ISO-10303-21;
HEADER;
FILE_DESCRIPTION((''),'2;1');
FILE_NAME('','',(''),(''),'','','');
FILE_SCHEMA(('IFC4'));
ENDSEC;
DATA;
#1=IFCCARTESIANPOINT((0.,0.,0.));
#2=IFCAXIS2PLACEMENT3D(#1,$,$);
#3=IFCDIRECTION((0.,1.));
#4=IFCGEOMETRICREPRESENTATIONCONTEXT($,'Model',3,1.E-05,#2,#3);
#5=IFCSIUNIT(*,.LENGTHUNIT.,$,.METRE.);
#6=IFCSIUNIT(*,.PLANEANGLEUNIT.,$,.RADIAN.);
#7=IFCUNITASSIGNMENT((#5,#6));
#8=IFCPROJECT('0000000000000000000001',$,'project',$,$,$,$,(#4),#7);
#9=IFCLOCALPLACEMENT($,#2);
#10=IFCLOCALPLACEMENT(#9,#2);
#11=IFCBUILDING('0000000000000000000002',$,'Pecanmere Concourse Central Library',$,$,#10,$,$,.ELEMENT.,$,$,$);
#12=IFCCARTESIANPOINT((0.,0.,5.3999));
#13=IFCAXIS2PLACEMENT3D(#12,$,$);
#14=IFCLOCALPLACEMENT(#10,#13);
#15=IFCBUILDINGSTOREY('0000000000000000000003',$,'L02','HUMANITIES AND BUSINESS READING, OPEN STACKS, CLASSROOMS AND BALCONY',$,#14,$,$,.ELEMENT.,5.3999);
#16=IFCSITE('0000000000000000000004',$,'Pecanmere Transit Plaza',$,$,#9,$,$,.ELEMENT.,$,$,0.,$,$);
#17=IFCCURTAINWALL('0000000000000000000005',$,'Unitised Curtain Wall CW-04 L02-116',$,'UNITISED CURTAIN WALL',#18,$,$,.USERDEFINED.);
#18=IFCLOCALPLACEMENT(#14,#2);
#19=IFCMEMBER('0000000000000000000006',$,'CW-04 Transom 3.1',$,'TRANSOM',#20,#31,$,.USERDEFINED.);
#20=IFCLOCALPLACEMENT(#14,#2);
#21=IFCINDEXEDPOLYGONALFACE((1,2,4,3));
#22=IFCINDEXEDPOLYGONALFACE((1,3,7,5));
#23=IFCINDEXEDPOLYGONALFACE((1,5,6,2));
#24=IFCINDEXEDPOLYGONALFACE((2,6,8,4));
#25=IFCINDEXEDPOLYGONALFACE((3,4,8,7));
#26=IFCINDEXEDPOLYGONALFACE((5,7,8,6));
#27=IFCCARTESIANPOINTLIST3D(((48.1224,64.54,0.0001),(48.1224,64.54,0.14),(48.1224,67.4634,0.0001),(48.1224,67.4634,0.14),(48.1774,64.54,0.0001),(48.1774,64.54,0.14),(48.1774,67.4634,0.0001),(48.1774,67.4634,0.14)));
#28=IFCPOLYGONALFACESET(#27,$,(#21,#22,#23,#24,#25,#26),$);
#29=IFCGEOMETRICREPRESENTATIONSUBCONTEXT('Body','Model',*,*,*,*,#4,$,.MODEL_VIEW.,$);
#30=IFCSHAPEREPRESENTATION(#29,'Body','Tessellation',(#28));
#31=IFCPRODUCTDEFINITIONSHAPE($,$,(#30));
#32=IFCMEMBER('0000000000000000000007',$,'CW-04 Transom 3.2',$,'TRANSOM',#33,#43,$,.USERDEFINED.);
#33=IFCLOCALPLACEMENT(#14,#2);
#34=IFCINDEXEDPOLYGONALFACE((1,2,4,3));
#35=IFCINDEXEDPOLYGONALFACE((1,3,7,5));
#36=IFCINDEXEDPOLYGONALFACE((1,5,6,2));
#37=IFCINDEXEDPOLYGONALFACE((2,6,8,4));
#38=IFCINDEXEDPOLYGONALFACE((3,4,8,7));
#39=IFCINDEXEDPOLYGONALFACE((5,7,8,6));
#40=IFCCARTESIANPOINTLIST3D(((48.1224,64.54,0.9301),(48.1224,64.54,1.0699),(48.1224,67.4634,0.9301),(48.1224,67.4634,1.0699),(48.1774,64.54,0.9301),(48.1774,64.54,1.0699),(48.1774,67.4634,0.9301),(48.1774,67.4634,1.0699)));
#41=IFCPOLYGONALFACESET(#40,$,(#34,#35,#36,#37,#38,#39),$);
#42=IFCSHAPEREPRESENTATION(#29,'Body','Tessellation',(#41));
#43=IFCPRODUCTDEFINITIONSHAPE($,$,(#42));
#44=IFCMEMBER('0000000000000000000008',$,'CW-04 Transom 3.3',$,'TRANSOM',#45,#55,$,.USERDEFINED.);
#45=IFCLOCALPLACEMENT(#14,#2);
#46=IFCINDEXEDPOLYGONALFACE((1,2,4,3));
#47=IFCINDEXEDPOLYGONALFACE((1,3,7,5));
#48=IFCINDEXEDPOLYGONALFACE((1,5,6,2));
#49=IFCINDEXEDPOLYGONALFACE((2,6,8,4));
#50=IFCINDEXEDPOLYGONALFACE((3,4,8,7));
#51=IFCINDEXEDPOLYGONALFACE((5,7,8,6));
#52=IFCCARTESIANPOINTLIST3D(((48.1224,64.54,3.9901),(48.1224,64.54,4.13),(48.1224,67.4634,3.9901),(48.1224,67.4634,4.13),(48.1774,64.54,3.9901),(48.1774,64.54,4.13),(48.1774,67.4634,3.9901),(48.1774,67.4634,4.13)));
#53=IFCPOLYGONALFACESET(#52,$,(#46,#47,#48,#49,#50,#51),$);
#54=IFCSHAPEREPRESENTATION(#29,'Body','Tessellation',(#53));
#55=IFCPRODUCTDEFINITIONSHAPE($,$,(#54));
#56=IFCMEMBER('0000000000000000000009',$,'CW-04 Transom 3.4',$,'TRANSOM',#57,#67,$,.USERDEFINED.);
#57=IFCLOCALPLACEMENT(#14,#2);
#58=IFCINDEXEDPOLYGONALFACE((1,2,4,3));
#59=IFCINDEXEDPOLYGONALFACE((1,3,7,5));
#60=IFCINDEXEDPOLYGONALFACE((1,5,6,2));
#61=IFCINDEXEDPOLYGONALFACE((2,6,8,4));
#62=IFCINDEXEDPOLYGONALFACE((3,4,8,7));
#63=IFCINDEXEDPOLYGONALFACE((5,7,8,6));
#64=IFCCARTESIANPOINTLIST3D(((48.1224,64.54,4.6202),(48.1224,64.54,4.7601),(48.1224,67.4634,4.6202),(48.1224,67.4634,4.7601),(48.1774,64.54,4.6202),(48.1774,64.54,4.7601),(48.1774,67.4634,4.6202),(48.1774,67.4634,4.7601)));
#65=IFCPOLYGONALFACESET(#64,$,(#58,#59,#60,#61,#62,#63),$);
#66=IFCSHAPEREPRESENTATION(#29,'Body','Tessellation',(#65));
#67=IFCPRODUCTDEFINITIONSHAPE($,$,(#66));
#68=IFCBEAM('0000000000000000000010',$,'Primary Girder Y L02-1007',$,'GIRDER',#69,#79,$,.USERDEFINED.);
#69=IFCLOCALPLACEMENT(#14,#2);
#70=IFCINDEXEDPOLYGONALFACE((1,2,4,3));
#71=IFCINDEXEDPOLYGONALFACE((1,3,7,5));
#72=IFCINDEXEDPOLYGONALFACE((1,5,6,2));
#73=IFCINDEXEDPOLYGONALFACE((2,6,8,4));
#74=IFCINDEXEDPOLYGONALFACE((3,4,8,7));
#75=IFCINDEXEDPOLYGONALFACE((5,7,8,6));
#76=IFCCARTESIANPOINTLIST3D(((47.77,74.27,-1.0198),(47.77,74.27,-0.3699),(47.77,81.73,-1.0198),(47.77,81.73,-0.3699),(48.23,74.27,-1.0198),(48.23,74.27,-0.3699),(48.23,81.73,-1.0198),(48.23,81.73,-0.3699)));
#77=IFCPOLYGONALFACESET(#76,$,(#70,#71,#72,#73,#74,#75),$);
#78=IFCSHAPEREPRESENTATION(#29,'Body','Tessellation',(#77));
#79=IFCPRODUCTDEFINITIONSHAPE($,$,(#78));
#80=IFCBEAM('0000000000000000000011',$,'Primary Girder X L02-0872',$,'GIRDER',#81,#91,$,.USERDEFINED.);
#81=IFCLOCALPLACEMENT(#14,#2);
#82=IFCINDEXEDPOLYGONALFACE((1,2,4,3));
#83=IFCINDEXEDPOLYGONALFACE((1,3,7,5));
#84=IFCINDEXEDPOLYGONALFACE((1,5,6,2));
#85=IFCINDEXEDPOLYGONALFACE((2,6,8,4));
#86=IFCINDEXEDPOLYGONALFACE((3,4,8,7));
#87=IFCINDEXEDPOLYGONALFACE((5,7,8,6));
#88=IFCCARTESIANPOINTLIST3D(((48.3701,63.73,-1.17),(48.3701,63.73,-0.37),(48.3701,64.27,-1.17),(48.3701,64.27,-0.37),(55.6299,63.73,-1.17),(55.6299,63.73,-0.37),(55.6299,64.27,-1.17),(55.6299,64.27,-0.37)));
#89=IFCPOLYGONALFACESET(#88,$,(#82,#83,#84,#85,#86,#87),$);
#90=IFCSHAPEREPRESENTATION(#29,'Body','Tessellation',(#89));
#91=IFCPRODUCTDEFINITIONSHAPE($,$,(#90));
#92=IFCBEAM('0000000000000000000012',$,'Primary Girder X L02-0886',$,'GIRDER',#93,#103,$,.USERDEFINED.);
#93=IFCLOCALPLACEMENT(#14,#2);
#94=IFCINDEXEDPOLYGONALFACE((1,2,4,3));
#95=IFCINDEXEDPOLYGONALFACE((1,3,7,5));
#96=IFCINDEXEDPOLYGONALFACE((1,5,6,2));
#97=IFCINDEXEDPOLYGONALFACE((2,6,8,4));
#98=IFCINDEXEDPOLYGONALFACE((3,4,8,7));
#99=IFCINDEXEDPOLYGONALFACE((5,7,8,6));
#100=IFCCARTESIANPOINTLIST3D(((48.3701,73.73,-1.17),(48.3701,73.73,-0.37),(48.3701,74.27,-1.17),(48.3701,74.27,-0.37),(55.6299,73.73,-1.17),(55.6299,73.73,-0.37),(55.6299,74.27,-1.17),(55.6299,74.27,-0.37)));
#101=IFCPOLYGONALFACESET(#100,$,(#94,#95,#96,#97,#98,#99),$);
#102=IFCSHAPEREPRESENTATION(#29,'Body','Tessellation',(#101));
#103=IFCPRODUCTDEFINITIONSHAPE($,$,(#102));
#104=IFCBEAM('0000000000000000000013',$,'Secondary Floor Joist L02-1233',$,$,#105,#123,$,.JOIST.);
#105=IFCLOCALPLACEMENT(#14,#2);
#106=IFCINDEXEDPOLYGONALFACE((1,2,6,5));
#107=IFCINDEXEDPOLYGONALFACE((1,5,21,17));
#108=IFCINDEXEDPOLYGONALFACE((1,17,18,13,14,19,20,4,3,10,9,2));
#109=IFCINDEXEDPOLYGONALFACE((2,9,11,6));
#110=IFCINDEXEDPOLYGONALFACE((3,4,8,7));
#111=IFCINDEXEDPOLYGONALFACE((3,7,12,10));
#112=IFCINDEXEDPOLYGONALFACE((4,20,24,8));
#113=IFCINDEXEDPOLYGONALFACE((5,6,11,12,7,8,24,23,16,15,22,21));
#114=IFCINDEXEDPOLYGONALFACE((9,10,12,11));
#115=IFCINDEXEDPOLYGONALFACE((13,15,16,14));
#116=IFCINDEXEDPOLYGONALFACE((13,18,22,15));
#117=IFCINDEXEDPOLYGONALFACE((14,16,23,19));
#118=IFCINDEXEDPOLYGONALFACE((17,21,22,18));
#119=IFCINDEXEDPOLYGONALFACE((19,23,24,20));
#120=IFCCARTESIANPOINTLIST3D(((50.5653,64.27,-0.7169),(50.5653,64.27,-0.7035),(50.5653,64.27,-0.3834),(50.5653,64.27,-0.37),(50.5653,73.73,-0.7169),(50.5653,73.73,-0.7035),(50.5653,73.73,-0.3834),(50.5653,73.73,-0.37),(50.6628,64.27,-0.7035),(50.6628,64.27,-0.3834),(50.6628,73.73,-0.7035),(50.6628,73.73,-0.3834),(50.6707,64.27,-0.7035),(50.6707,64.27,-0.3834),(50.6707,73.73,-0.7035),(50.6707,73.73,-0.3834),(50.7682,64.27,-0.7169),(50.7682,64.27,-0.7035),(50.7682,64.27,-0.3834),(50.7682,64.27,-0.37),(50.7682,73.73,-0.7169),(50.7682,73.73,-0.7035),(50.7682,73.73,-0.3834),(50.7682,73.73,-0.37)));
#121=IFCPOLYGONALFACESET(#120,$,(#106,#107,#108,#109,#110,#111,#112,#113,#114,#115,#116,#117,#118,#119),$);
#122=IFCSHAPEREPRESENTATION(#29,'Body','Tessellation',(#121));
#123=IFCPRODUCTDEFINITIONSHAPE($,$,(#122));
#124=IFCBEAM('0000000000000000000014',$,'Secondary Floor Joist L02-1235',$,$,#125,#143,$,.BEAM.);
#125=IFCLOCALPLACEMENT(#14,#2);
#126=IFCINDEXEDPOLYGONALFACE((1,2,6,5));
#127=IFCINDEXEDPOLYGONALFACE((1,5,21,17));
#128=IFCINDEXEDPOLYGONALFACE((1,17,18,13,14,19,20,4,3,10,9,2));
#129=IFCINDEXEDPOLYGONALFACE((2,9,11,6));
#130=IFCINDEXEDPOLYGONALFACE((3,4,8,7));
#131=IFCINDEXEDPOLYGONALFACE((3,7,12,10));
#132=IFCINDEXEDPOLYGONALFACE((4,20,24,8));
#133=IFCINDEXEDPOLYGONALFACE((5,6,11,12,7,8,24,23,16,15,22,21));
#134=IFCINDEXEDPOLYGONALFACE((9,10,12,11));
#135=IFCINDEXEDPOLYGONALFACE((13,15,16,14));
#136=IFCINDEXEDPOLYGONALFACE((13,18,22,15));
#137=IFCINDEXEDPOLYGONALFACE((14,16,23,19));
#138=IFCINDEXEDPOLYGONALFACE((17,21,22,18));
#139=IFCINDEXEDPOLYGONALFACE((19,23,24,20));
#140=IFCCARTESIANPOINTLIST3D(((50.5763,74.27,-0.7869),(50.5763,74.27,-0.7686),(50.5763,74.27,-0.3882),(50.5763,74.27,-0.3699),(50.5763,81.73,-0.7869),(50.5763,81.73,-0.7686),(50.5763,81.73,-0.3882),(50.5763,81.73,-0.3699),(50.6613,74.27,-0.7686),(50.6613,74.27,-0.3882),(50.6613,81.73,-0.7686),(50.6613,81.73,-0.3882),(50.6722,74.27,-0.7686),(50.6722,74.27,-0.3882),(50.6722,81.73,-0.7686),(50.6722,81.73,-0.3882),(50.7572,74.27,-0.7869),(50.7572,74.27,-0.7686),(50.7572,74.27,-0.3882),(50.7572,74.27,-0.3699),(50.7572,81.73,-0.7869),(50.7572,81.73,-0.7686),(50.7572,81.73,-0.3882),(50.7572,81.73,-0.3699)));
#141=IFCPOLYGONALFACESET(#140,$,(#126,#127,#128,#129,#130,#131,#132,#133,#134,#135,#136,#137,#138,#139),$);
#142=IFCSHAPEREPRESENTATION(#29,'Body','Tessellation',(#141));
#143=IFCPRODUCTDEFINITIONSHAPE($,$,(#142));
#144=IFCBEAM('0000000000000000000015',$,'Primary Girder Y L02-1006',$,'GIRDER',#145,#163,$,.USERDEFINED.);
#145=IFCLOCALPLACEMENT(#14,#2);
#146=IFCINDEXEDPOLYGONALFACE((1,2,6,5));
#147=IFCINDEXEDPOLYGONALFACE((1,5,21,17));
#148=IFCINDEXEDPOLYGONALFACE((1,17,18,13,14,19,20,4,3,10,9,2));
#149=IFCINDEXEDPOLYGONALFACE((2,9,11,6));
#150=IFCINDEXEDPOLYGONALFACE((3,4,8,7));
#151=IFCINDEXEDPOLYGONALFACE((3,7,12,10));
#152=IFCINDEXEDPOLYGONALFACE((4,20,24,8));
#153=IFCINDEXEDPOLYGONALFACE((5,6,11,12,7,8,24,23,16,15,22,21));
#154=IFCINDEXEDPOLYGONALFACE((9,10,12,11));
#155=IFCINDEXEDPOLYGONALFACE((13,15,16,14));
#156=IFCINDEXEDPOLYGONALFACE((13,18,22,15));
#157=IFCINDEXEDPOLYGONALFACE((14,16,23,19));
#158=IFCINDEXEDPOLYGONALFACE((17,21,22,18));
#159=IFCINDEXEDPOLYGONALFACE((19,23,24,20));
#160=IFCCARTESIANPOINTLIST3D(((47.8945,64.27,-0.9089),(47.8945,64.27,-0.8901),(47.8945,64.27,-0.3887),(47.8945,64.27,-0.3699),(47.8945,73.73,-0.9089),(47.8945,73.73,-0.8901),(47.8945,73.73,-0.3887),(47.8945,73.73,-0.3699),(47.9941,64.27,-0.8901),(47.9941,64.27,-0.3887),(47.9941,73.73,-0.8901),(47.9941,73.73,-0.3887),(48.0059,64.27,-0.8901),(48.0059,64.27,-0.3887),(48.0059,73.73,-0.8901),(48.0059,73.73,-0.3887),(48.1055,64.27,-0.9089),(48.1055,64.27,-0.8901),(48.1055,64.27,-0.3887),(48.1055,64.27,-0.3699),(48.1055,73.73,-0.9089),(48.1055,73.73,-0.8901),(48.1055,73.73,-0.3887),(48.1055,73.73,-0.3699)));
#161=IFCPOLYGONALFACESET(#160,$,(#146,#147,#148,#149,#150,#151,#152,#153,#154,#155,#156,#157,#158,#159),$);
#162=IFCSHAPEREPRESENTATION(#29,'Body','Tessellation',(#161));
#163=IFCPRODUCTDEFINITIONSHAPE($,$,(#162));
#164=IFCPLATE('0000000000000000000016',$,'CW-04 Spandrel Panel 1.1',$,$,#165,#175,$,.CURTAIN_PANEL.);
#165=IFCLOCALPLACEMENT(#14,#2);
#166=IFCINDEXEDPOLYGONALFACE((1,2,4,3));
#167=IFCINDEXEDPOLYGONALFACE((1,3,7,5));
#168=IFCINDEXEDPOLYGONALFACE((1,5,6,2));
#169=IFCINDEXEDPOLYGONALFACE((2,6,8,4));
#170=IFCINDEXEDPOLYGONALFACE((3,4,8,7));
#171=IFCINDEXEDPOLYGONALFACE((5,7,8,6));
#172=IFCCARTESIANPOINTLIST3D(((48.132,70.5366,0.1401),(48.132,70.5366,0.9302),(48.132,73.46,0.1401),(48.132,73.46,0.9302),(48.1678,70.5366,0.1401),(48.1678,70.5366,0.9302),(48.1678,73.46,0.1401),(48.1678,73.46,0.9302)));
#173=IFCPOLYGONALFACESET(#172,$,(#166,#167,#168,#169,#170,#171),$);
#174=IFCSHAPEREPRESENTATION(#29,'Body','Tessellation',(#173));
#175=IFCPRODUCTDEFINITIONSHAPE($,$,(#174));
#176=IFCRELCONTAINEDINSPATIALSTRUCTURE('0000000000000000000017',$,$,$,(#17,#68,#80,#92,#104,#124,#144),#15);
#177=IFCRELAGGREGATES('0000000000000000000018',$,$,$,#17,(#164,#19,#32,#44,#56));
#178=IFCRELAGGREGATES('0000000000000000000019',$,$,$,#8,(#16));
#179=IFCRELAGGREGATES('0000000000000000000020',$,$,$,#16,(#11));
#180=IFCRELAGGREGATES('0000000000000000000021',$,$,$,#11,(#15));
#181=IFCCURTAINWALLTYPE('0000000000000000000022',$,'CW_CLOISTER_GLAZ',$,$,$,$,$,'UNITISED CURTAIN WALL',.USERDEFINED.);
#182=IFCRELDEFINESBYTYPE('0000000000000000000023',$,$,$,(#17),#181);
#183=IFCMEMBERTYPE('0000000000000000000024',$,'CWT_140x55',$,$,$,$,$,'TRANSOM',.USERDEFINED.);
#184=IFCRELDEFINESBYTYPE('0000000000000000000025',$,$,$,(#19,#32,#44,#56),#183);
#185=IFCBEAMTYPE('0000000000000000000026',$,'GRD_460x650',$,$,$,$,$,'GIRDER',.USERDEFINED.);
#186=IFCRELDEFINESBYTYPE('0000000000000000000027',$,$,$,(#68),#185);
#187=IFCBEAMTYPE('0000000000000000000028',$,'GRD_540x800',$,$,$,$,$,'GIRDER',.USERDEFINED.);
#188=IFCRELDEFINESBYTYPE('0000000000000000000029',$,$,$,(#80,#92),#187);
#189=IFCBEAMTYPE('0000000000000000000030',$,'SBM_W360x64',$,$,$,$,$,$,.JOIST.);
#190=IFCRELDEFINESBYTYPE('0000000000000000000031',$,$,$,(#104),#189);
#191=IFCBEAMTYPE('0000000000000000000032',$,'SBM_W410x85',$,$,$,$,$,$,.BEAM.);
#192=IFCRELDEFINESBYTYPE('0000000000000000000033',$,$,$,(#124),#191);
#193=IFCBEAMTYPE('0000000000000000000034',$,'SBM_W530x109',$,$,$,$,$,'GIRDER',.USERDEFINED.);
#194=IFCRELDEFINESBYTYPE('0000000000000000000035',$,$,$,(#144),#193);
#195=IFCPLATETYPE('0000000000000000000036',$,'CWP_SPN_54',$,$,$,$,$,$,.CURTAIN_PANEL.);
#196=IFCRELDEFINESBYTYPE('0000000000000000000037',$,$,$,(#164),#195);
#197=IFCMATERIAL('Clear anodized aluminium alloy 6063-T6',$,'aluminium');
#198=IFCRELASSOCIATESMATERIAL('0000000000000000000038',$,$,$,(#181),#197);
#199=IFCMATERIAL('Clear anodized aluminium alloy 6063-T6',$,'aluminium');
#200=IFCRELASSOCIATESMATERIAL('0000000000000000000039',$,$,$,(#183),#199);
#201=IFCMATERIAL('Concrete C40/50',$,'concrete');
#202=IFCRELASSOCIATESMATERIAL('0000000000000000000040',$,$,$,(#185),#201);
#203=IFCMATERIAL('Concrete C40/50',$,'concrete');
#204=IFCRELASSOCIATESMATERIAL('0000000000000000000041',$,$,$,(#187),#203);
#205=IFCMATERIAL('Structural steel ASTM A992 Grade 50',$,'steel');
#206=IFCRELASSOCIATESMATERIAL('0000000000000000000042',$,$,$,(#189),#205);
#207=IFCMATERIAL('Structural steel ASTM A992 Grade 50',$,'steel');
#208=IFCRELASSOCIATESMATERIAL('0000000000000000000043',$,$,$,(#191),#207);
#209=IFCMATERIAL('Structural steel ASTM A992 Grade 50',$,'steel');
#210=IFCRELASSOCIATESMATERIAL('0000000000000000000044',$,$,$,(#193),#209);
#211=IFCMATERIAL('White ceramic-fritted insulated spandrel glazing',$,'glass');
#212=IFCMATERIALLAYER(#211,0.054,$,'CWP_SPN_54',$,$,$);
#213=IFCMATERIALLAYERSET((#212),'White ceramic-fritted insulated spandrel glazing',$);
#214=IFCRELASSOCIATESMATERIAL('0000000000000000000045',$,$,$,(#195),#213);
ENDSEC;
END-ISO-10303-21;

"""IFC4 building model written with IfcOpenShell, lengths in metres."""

from ifc_helpers import new_model, si_unit, direction, frame, origin, origin_2d, place, context, subcontext, project, spatial, rectangle, i_section, extrude, material, layer, layer_set, material_profile, profile_set, type_object, element, aggregate, save


model = new_model("IFC4")

# Units and contexts
model_context = context("Model", 3, precision=1e-05, world=origin(), true_north=direction((0.0, 1.0)))
body_context = subcontext(model_context, "Body", "Model", "MODEL_VIEW")
ifc_project = project(units=[si_unit("LENGTHUNIT", "METRE"), si_unit("PLANEANGLEUNIT", "RADIAN")], contexts=[model_context])

# Site, building, storey
site_placement = place(None, origin())
site = spatial("IfcSite", under=ifc_project, at=site_placement, Name="Pecanmere Transit Plaza", CompositionType="ELEMENT", RefElevation=0.0)
building_placement = place(site_placement, origin())
building = spatial("IfcBuilding", under=site, at=building_placement, Name="Pecanmere Concourse Central Library", CompositionType="ELEMENT")
storey_placement = place(building_placement, frame((0.0, 0.0, 5.3999)))
storey = spatial("IfcBuildingStorey", under=building, at=storey_placement, Name="L02", Description="HUMANITIES AND BUSINESS READING, OPEN STACKS, CLASSROOMS AND BALCONY", CompositionType="ELEMENT", Elevation=5.3999)

# Curtain wall, members
ifc_material_1 = material(Name="Clear anodized aluminium alloy 6063-T6", Category="aluminium")
curtain_wall_type = type_object("IfcCurtainWallType", Name="CW_CLOISTER_GLAZ", ElementType="UNITISED CURTAIN WALL", PredefinedType="USERDEFINED", material=ifc_material_1)
curtain_wall_placement = place(storey_placement, origin())
curtain_wall = element("IfcCurtainWall", 1, at=curtain_wall_placement, inside=storey, type_object=curtain_wall_type, Name="Unitised Curtain Wall CW-04 L02-116", ObjectType="UNITISED CURTAIN WALL", PredefinedType="USERDEFINED")
ifc_material_2 = material(Name="Clear anodized aluminium alloy 6063-T6", Category="aluminium")
ifc_material_profile_1 = material_profile(ifc_material_2, rectangle(XDim=0.0549, YDim=0.1399, at=origin_2d()), Name="AL 55x140")
ifc_profile_set_1 = profile_set([ifc_material_profile_1], Name="Clear anodized aluminium alloy 6063-T6")
member_type_1 = type_object("IfcMemberType", Name="CWT_140x55", ElementType="TRANSOM", PredefinedType="USERDEFINED", material=ifc_profile_set_1)
member_1_placement = place(storey_placement, frame((48.1499, 67.4634, 0.0701), z_axis=(0.0, -1.0, 0.0), x_axis=(1.0, 0.0, 0.0)))
member_1 = element("IfcMember", 2, at=member_1_placement, type_object=member_type_1, Name="CW-04 Transom 3.1", ObjectType="TRANSOM", PredefinedType="USERDEFINED", context=body_context, shape_type="SweptSolid", body=[
    extrude(rectangle(XDim=0.0549, YDim=0.1399, at=origin_2d()), origin(), (0.0, 0.0, 1.0), 2.9233),
])
member_2_placement = place(storey_placement, frame((48.1499, 67.4634, 1.0), z_axis=(0.0, -1.0, 0.0), x_axis=(1.0, 0.0, 0.0)))
member_2 = element("IfcMember", 3, at=member_2_placement, type_object=member_type_1, Name="CW-04 Transom 3.2", ObjectType="TRANSOM", PredefinedType="USERDEFINED", context=body_context, shape_type="SweptSolid", body=[
    extrude(rectangle(XDim=0.0549, YDim=0.1399, at=origin_2d()), origin(), (0.0, 0.0, 1.0), 2.9233),
])
member_3_placement = place(storey_placement, frame((48.1499, 67.4634, 4.0601), z_axis=(0.0, -1.0, 0.0), x_axis=(1.0, 0.0, 0.0)))
member_3 = element("IfcMember", 4, at=member_3_placement, type_object=member_type_1, Name="CW-04 Transom 3.3", ObjectType="TRANSOM", PredefinedType="USERDEFINED", context=body_context, shape_type="SweptSolid", body=[
    extrude(rectangle(XDim=0.0549, YDim=0.1399, at=origin_2d()), origin(), (0.0, 0.0, 1.0), 2.9233),
])
member_4_placement = place(storey_placement, frame((48.1499, 67.4634, 4.6902), z_axis=(0.0, -1.0, 0.0), x_axis=(1.0, 0.0, 0.0)))
member_4 = element("IfcMember", 5, at=member_4_placement, type_object=member_type_1, Name="CW-04 Transom 3.4", ObjectType="TRANSOM", PredefinedType="USERDEFINED", context=body_context, shape_type="SweptSolid", body=[
    extrude(rectangle(XDim=0.0549, YDim=0.1399, at=origin_2d()), origin(), (0.0, 0.0, 1.0), 2.9233),
])

# Beams
ifc_material_3 = material(Name="Concrete C40/50", Category="concrete")
ifc_material_profile_2 = material_profile(ifc_material_3, rectangle(XDim=0.46, YDim=0.6499, at=origin_2d()), Name="RC 460x650")
ifc_profile_set_2 = profile_set([ifc_material_profile_2], Name="Concrete C40/50")
beam_type_1 = type_object("IfcBeamType", Name="GRD_460x650", ElementType="GIRDER", PredefinedType="USERDEFINED", material=ifc_profile_set_2)
beam_1_placement = place(storey_placement, frame((48.0, 74.27, -0.6948), z_axis=(0.0, 1.0, 0.0), x_axis=(-1.0, 0.0, 0.0)))
element("IfcBeam", 6, at=beam_1_placement, inside=storey, type_object=beam_type_1, Name="Primary Girder Y L02-1007", ObjectType="GIRDER", PredefinedType="USERDEFINED", context=body_context, shape_type="SweptSolid", body=[
    extrude(rectangle(XDim=0.46, YDim=0.6499, at=origin_2d()), origin(), (0.0, 0.0, 1.0), 7.46),
])
ifc_material_4 = material(Name="Concrete C40/50", Category="concrete")
ifc_material_profile_3 = material_profile(ifc_material_4, rectangle(XDim=0.54, YDim=0.8, at=origin_2d()), Name="RC 540x800")
ifc_profile_set_3 = profile_set([ifc_material_profile_3], Name="Concrete C40/50")
beam_type_2 = type_object("IfcBeamType", Name="GRD_540x800", ElementType="GIRDER", PredefinedType="USERDEFINED", material=ifc_profile_set_3)
for number, where, z_axis, x_axis, name in (
    (7, (48.3701, 64.0, -0.77), (1.0, 0.0, 0.0), (0.0, 1.0, 0.0), "Primary Girder X L02-0872"),
    (8, (48.3701, 74.0, -0.77), (1.0, 0.0, 0.0), (0.0, 1.0, 0.0), "Primary Girder X L02-0886"),
):
    element("IfcBeam", number, at=place(storey_placement, frame(where, z_axis=z_axis, x_axis=x_axis)), inside=storey, type_object=beam_type_2, Name=name, ObjectType="GIRDER", PredefinedType="USERDEFINED", context=body_context, shape_type="SweptSolid", body=[
        extrude(rectangle(XDim=0.54, YDim=0.8, at=origin_2d()), origin(), (0.0, 0.0, 1.0), 7.2598),
    ])
ifc_material_5 = material(Name="Structural steel ASTM A992 Grade 50", Category="steel")
ifc_material_profile_4 = material_profile(ifc_material_5, i_section(OverallWidth=0.2029, OverallDepth=0.3469, WebThickness=0.0078, FlangeThickness=0.0134, at=origin_2d()), Name="W360x64")
ifc_profile_set_4 = profile_set([ifc_material_profile_4], Name="Structural steel ASTM A992 Grade 50")
beam_type_3 = type_object("IfcBeamType", Name="SBM_W360x64", PredefinedType="JOIST", material=ifc_profile_set_4)
beam_2_placement = place(storey_placement, frame((50.6667, 64.27, -0.5435), z_axis=(0.0, 1.0, 0.0), x_axis=(-1.0, 0.0, 0.0)))
element("IfcBeam", 9, at=beam_2_placement, inside=storey, type_object=beam_type_3, Name="Secondary Floor Joist L02-1233", PredefinedType="JOIST", context=body_context, shape_type="SweptSolid", body=[
    extrude(i_section(OverallWidth=0.2029, OverallDepth=0.3469, WebThickness=0.0078, FlangeThickness=0.0134, at=origin_2d()), origin(), (0.0, 0.0, 1.0), 9.46),
])
ifc_material_6 = material(Name="Structural steel ASTM A992 Grade 50", Category="steel")
ifc_material_profile_5 = material_profile(ifc_material_6, i_section(OverallWidth=0.1809, OverallDepth=0.417, WebThickness=0.011, FlangeThickness=0.0183, at=origin_2d()), Name="W410x85")
ifc_profile_set_5 = profile_set([ifc_material_profile_5], Name="Structural steel ASTM A992 Grade 50")
beam_type_4 = type_object("IfcBeamType", Name="SBM_W410x85", PredefinedType="BEAM", material=ifc_profile_set_5)
beam_3_placement = place(storey_placement, frame((50.6667, 74.27, -0.5784), z_axis=(0.0, 1.0, 0.0), x_axis=(-1.0, 0.0, 0.0)))
element("IfcBeam", 10, at=beam_3_placement, inside=storey, type_object=beam_type_4, Name="Secondary Floor Joist L02-1235", PredefinedType="BEAM", context=body_context, shape_type="SweptSolid", body=[
    extrude(i_section(OverallWidth=0.1809, OverallDepth=0.417, WebThickness=0.011, FlangeThickness=0.0183, at=origin_2d()), origin(), (0.0, 0.0, 1.0), 7.46),
])
ifc_material_7 = material(Name="Structural steel ASTM A992 Grade 50", Category="steel")
ifc_material_profile_6 = material_profile(ifc_material_7, i_section(OverallWidth=0.2109, OverallDepth=0.5391, WebThickness=0.0117, FlangeThickness=0.0188, at=origin_2d()), Name="W530x109")
ifc_profile_set_6 = profile_set([ifc_material_profile_6], Name="Structural steel ASTM A992 Grade 50")
beam_type_5 = type_object("IfcBeamType", Name="SBM_W530x109", ElementType="GIRDER", PredefinedType="USERDEFINED", material=ifc_profile_set_6)
beam_4_placement = place(storey_placement, frame((48.0, 64.27, -0.6394), z_axis=(0.0, 1.0, 0.0), x_axis=(-1.0, 0.0, 0.0)))
element("IfcBeam", 11, at=beam_4_placement, inside=storey, type_object=beam_type_5, Name="Primary Girder Y L02-1006", ObjectType="GIRDER", PredefinedType="USERDEFINED", context=body_context, shape_type="SweptSolid", body=[
    extrude(i_section(OverallWidth=0.2109, OverallDepth=0.5391, WebThickness=0.0117, FlangeThickness=0.0188, at=origin_2d()), origin(), (0.0, 0.0, 1.0), 9.46),
])

# Plate
ifc_material_8 = material(Name="White ceramic-fritted insulated spandrel glazing", Category="glass")
ifc_layer_1 = layer(ifc_material_8, 0.054, Name="CWP_SPN_54")
ifc_layer_set_1 = layer_set([ifc_layer_1], Name="White ceramic-fritted insulated spandrel glazing")
plate_type_1 = type_object("IfcPlateType", Name="CWP_SPN_54", PredefinedType="CURTAIN_PANEL", material=ifc_layer_set_1)
plate_1_placement = place(storey_placement, frame((48.1499, 71.9983, 0.1401), z_axis=(0.0, 0.0, 1.0), x_axis=(0.0, -1.0, 0.0)))
plate_1 = element("IfcPlate", 12, at=plate_1_placement, type_object=plate_type_1, Name="CW-04 Spandrel Panel 1.1", PredefinedType="CURTAIN_PANEL", context=body_context, shape_type="SweptSolid", body=[
    extrude(rectangle(XDim=2.9233, YDim=0.0359, at=origin_2d()), origin(), (0.0, 0.0, 1.0), 0.79),
])
aggregate(curtain_wall, [plate_1, member_1, member_2, member_3, member_4])

save(model, "model.ifc")
